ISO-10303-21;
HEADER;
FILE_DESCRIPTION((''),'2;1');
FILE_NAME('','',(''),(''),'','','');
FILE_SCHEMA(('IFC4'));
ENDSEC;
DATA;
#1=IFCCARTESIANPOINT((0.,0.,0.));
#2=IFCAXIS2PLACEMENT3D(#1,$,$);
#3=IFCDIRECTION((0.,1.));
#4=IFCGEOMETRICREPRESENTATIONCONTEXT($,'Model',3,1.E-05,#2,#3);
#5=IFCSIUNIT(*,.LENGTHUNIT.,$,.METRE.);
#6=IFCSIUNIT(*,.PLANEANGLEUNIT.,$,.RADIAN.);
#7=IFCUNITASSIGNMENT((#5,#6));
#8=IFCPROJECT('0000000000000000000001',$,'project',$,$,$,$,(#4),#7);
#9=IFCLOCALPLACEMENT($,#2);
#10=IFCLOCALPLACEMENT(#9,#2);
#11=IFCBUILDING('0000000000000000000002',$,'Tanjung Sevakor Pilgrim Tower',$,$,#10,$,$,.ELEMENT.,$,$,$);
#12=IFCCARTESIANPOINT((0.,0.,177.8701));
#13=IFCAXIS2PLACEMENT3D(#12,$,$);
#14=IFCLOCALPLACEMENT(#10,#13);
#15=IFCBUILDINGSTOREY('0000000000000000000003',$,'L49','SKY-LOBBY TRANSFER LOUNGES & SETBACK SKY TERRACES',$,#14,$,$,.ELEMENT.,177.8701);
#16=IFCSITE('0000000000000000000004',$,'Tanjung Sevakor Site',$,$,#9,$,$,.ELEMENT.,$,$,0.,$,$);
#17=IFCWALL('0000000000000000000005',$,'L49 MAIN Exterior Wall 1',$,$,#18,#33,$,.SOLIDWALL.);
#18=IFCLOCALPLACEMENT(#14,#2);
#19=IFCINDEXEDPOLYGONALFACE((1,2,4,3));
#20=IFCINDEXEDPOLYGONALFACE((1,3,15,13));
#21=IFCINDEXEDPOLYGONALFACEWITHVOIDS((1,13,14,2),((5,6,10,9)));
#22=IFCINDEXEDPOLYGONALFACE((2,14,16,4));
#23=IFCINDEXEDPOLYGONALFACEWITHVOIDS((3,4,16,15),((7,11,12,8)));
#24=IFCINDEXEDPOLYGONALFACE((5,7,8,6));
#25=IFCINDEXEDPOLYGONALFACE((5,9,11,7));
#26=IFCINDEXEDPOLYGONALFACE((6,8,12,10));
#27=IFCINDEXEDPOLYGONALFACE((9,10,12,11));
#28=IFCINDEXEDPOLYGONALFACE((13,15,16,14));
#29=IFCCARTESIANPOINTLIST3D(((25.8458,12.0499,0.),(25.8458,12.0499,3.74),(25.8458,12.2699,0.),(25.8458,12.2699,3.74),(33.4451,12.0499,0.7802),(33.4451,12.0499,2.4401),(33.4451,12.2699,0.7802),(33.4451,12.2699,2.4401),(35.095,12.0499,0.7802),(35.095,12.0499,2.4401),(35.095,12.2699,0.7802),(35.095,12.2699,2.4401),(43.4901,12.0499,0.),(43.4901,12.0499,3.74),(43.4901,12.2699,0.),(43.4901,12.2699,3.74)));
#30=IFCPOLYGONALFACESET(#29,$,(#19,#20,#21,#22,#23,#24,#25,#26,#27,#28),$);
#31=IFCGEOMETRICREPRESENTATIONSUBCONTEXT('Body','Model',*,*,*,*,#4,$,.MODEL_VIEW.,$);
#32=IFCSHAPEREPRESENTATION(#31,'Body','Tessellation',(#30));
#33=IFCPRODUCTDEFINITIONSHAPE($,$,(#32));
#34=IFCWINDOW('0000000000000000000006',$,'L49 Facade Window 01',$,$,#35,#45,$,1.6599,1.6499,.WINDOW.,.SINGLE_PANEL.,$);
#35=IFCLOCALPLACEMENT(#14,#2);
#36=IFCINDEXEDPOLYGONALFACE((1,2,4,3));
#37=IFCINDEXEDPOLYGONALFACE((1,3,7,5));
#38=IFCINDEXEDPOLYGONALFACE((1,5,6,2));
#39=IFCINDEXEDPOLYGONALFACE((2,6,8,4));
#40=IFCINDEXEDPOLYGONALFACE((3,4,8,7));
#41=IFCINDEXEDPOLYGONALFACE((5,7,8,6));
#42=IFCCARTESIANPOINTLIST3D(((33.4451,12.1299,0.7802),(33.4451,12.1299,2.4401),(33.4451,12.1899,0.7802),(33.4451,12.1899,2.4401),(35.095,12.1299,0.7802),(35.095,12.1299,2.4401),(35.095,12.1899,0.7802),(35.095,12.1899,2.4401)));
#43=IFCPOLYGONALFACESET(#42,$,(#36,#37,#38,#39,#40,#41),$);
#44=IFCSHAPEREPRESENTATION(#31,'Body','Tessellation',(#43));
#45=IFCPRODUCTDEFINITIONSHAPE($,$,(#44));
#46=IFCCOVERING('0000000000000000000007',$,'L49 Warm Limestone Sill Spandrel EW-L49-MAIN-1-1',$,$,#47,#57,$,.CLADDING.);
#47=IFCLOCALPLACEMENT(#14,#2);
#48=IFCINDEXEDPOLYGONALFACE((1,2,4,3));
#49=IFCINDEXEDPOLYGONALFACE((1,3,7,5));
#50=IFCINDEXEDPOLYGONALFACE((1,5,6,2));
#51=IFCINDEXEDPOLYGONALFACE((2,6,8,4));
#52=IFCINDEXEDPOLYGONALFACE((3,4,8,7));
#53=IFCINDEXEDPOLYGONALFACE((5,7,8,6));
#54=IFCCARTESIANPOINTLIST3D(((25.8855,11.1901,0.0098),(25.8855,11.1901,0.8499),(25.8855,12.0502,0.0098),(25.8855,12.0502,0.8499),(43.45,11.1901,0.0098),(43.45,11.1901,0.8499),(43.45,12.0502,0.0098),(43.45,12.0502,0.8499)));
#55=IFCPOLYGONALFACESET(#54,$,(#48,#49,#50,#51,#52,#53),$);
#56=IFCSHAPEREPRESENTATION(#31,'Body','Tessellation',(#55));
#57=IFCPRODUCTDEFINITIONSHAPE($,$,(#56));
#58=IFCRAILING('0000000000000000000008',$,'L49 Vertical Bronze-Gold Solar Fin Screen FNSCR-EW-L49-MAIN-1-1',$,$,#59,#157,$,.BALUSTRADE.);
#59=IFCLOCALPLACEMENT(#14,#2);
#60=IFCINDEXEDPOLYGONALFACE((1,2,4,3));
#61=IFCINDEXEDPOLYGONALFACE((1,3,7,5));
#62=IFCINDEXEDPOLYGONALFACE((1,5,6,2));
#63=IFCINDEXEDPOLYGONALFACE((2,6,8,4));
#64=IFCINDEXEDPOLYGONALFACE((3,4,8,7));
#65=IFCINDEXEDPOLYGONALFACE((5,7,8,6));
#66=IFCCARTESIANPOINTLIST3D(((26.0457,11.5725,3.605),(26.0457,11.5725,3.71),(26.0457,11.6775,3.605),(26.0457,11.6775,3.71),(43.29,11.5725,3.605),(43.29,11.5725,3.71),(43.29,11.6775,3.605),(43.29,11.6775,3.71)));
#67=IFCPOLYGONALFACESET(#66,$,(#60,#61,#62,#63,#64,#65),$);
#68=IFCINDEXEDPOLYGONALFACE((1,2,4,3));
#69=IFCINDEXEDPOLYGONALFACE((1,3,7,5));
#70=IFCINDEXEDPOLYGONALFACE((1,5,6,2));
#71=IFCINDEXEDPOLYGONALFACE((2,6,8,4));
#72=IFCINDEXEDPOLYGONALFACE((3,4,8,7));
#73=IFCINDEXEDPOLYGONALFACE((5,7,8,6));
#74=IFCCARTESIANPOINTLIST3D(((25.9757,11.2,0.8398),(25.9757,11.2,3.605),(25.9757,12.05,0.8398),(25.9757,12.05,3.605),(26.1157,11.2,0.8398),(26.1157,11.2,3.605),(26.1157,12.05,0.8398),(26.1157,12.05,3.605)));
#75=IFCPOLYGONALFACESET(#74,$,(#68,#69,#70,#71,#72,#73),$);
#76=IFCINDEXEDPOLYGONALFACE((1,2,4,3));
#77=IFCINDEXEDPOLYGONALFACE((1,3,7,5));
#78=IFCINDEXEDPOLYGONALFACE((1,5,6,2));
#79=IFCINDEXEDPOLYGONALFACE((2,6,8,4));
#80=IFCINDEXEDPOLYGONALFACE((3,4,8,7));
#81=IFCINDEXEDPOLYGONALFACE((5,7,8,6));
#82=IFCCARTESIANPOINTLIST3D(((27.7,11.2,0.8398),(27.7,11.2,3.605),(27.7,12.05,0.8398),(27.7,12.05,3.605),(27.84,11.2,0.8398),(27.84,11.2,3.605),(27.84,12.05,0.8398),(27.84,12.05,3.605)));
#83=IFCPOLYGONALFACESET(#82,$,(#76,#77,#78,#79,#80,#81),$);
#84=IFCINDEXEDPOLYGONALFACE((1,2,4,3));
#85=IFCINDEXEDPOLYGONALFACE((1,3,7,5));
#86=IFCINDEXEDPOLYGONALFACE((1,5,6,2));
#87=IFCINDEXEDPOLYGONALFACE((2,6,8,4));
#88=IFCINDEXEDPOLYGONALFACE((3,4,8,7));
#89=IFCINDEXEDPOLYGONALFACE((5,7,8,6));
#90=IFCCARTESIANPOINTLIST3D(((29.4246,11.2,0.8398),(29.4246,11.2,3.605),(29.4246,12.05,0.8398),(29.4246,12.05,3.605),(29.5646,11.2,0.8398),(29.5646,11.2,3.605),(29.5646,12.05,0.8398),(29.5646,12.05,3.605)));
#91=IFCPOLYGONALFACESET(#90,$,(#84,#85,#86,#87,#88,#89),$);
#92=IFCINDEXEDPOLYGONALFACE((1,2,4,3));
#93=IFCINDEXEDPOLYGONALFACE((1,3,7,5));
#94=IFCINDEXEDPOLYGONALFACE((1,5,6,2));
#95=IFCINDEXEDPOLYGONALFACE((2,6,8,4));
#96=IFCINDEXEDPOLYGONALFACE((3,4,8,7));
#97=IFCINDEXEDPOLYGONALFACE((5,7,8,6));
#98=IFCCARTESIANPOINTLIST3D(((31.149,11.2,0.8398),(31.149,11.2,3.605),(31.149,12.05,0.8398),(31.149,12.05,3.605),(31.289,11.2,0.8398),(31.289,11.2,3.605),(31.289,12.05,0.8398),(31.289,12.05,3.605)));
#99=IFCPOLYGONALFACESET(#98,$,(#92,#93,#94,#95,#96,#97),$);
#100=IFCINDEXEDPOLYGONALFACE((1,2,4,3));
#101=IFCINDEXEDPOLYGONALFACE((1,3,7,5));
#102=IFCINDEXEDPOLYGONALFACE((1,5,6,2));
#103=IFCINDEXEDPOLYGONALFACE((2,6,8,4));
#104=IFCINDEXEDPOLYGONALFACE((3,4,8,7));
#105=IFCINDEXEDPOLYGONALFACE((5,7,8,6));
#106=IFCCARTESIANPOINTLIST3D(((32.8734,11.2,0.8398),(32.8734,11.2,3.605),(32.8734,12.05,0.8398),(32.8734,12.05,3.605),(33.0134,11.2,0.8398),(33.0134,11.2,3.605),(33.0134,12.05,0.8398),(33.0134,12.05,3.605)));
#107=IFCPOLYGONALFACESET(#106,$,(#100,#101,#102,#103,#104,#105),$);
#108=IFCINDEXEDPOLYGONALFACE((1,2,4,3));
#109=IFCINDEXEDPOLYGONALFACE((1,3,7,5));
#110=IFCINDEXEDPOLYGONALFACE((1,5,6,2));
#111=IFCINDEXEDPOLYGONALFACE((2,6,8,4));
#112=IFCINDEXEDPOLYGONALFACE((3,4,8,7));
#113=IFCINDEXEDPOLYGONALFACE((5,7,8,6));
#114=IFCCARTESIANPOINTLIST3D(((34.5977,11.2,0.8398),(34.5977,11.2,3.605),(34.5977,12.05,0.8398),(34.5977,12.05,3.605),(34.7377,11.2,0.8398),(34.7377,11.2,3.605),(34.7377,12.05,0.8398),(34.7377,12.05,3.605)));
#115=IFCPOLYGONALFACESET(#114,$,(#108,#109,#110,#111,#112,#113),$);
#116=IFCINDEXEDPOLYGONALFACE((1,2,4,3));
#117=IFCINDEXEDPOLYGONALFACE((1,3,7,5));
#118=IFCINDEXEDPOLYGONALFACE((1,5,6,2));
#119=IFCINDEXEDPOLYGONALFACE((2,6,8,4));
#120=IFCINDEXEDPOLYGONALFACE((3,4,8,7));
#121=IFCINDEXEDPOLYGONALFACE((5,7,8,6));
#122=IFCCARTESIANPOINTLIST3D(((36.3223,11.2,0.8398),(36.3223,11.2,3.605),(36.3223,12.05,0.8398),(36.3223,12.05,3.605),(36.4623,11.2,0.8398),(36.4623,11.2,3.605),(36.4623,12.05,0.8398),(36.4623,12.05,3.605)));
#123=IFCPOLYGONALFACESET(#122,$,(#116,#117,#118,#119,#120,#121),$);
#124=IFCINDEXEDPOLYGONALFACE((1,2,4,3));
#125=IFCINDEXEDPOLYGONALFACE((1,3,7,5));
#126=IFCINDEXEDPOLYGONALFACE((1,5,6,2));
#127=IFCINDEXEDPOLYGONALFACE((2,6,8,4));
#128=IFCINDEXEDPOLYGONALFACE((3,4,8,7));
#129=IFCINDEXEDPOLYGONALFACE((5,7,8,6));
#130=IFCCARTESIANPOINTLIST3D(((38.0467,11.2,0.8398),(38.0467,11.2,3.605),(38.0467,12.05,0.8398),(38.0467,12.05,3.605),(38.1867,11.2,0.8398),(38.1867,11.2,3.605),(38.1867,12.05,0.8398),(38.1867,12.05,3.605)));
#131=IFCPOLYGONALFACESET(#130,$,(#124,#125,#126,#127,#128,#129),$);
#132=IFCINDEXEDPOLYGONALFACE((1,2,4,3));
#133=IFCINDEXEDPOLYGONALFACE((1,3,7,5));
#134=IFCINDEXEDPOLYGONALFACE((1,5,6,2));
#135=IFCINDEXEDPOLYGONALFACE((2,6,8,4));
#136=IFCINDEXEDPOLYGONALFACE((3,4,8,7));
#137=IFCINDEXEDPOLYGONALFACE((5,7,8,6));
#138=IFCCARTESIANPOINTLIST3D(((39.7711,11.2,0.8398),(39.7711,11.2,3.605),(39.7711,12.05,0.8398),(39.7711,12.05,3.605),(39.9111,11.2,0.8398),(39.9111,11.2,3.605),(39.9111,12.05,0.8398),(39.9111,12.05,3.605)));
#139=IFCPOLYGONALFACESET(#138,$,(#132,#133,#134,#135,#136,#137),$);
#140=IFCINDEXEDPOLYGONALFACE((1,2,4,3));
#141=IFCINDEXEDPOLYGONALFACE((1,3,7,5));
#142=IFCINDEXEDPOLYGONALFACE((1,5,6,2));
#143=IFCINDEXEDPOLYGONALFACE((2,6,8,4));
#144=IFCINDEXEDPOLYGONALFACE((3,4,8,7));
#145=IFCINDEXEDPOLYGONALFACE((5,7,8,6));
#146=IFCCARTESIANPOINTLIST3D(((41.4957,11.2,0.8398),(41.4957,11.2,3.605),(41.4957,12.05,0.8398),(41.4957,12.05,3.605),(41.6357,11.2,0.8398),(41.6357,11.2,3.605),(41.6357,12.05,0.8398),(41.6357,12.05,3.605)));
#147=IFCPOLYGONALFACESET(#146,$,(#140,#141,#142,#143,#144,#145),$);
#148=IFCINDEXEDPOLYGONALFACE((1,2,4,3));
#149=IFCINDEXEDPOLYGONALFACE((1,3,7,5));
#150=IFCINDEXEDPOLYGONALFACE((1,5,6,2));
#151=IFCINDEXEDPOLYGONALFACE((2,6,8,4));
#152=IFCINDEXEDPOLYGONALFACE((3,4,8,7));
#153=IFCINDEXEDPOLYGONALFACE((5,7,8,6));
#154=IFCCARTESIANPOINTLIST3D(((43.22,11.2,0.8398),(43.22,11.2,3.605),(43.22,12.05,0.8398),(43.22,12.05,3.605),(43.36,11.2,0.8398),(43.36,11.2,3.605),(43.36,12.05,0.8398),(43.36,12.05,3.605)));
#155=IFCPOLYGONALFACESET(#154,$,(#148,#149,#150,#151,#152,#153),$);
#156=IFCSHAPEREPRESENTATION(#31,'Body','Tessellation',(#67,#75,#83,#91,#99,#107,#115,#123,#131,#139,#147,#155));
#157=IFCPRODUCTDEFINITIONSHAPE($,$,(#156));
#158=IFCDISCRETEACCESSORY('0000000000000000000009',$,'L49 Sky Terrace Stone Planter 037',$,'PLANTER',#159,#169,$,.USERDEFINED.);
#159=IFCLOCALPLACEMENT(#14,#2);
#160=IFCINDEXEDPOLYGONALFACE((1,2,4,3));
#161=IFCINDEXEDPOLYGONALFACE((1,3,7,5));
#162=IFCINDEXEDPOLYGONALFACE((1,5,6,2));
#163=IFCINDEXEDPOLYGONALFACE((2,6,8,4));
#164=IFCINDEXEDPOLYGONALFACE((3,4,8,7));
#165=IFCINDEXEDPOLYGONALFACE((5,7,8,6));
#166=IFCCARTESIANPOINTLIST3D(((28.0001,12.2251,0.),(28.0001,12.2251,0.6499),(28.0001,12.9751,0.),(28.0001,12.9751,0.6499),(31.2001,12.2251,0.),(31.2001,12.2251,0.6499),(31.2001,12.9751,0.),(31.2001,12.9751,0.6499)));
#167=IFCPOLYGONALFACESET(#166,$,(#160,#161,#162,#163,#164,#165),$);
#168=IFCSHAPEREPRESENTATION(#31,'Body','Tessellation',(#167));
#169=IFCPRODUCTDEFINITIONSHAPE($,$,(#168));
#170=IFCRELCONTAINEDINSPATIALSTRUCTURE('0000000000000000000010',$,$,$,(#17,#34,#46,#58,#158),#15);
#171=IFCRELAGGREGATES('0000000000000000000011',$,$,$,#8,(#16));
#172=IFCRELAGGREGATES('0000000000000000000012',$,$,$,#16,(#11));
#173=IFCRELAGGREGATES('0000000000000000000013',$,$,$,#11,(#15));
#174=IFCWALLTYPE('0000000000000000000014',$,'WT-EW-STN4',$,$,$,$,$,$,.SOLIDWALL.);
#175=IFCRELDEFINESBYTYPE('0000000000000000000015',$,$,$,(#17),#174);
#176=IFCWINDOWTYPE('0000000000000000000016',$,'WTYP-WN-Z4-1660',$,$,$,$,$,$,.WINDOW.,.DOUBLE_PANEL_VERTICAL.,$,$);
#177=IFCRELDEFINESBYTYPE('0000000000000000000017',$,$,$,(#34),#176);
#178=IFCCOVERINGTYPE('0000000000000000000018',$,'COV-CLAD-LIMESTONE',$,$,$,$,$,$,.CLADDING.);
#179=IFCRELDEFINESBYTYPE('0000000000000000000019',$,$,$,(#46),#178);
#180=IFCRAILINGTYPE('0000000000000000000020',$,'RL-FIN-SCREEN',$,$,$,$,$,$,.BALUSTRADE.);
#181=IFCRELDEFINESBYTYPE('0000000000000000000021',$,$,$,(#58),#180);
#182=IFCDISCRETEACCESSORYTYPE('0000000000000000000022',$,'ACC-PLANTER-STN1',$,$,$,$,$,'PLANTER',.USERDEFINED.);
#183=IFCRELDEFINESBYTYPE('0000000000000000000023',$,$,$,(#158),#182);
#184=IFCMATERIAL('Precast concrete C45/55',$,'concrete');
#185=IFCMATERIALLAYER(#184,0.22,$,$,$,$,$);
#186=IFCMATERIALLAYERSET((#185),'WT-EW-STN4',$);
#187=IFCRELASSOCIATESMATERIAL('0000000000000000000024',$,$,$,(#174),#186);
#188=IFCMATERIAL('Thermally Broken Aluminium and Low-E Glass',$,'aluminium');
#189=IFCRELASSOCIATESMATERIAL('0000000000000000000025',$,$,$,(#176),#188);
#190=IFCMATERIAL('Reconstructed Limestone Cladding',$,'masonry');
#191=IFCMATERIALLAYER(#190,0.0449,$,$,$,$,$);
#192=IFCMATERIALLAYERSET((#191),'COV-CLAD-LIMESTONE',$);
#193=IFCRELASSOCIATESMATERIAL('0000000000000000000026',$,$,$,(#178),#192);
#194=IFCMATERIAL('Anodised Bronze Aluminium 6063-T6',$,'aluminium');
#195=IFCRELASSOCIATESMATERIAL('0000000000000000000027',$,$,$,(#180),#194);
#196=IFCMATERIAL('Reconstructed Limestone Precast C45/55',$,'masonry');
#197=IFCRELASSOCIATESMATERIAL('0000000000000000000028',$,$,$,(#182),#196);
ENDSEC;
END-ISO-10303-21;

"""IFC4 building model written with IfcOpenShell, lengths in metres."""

from ifc_helpers import new_model, si_unit, direction, frame, frame_2d, origin, origin_2d, place, context, subcontext, project, spatial, rectangle, extrude, material, layer, layer_set, type_object, element, fill, save


model = new_model("IFC4")

# Units and contexts
model_context = context("Model", 3, precision=1e-05, world=origin(), true_north=direction((0.0, 1.0)))
body_context = subcontext(model_context, "Body", "Model", "MODEL_VIEW")
ifc_project = project(units=[si_unit("LENGTHUNIT", "METRE"), si_unit("PLANEANGLEUNIT", "RADIAN")], contexts=[model_context])

# Site, building, storey
site_placement = place(None, origin())
site = spatial("IfcSite", under=ifc_project, at=site_placement, Name="Tanjung Sevakor Site", CompositionType="ELEMENT", RefElevation=0.0)
building_placement = place(site_placement, origin())
building = spatial("IfcBuilding", under=site, at=building_placement, Name="Tanjung Sevakor Pilgrim Tower", CompositionType="ELEMENT")
storey_placement = place(building_placement, frame((0.0, 0.0, 177.8701)))
storey = spatial("IfcBuildingStorey", under=building, at=storey_placement, Name="L49", Description="SKY-LOBBY TRANSFER LOUNGES & SETBACK SKY TERRACES", CompositionType="ELEMENT", Elevation=177.8701)

# Wall, opening, window
ifc_material_1 = material(Name="Precast concrete C45/55", Category="concrete")
ifc_layer_1 = layer(ifc_material_1, 0.22)
ifc_layer_set_1 = layer_set([ifc_layer_1], Name="WT-EW-STN4")
wall_type_1 = type_object("IfcWallType", Name="WT-EW-STN4", PredefinedType="SOLIDWALL", material=ifc_layer_set_1)
wall_1_placement = place(storey_placement, frame((25.8457, 12.1599, 0.0), z_axis=(0.0, 0.0, 1.0), x_axis=(1.0, 0.0, 0.0)))
wall_1 = element("IfcWall", 1, at=wall_1_placement, inside=storey, type_object=wall_type_1, Name="L49 MAIN Exterior Wall 1", PredefinedType="SOLIDWALL", context=body_context, shape_type="SweptSolid", body=[
    extrude(rectangle(XDim=17.6443, YDim=0.22, at=frame_2d((8.8223, 0.0))), origin(), (0.0, 0.0, 1.0), 3.74),
])
opening_1_placement = place(wall_1_placement, frame((7.5994, 0.0, 0.78)))
opening_1 = element("IfcOpeningElement", 2, at=opening_1_placement, cuts=wall_1, PredefinedType="OPENING", context=body_context, shape_type="SweptSolid", body=[
    extrude(rectangle(XDim=1.6499, YDim=1.6599, at=frame_2d((0.825, 0.8301))), frame((0.0, 0.1199, 0.0), z_axis=(0.0, -1.0, 0.0), x_axis=(1.0, 0.0, 0.0)), (0.0, 0.0, 1.0), 0.24),
])
ifc_material_2 = material(Name="Thermally Broken Aluminium and Low-E Glass", Category="aluminium")
window_type = type_object("IfcWindowType", Name="WTYP-WN-Z4-1660", PartitioningType="DOUBLE_PANEL_VERTICAL", PredefinedType="WINDOW", material=ifc_material_2)
window_placement = place(opening_1_placement, origin())
window = element("IfcWindow", 3, at=window_placement, inside=storey, type_object=window_type, Name="L49 Facade Window 01", OverallHeight=1.6599, OverallWidth=1.6499, PartitioningType="SINGLE_PANEL", PredefinedType="WINDOW", context=body_context, shape_type="SweptSolid", body=[
    extrude(rectangle(XDim=1.6499, YDim=1.6599, at=frame_2d((0.825, 0.8301))), frame((0.0, 0.03, 0.0), z_axis=(0.0, -1.0, 0.0), x_axis=(1.0, 0.0, 0.0)), (0.0, 0.0, 1.0), 0.0601),
])
fill(opening_1, window)

# Covering
ifc_material_3 = material(Name="Reconstructed Limestone Cladding", Category="masonry")
ifc_layer_2 = layer(ifc_material_3, 0.0449)
ifc_layer_set_2 = layer_set([ifc_layer_2], Name="COV-CLAD-LIMESTONE")
covering_type = type_object("IfcCoveringType", Name="COV-CLAD-LIMESTONE", PredefinedType="CLADDING", material=ifc_layer_set_2)
covering_placement = place(storey_placement, frame((34.6677, 11.6201, 0.0098), z_axis=(0.0, 0.0, 1.0), x_axis=(1.0, 0.0, 0.0)))
element("IfcCovering", 4, at=covering_placement, inside=storey, type_object=covering_type, Name="L49 Warm Limestone Sill Spandrel EW-L49-MAIN-1-1", PredefinedType="CLADDING", context=body_context, shape_type="SweptSolid", body=[
    extrude(rectangle(XDim=17.5645, YDim=0.8601, at=origin_2d()), origin(), (0.0, 0.0, 1.0), 0.8401),
])

# Railing
ifc_material_4 = material(Name="Anodised Bronze Aluminium 6063-T6", Category="aluminium")
railing_type = type_object("IfcRailingType", Name="RL-FIN-SCREEN", PredefinedType="BALUSTRADE", material=ifc_material_4)
railing_placement = place(storey_placement, frame((26.0457, 11.625, 0.8398)))
element("IfcRailing", 5, at=railing_placement, inside=storey, type_object=railing_type, Name="L49 Vertical Bronze-Gold Solar Fin Screen FNSCR-EW-L49-MAIN-1-1", PredefinedType="BALUSTRADE", context=body_context, shape_type="SweptSolid", body=[
    extrude(rectangle(XDim=0.105, YDim=0.105), frame((0.0, 0.0, 2.8176), z_axis=(1.0, 0.0, 0.0), x_axis=(0.0, 1.0, 0.0)), (0.0, 0.0, 1.0), 17.2444),
    extrude(rectangle(XDim=0.14, YDim=0.85), origin(), (0.0, 0.0, 1.0), 2.7651),
    extrude(rectangle(XDim=0.14, YDim=0.85), frame((1.7244, 0.0, 0.0)), (0.0, 0.0, 1.0), 2.7651),
    extrude(rectangle(XDim=0.14, YDim=0.85), frame((3.449, 0.0, 0.0)), (0.0, 0.0, 1.0), 2.7651),
    extrude(rectangle(XDim=0.14, YDim=0.85), frame((5.1733, 0.0, 0.0)), (0.0, 0.0, 1.0), 2.7651),
    extrude(rectangle(XDim=0.14, YDim=0.85), frame((6.8977, 0.0, 0.0)), (0.0, 0.0, 1.0), 2.7651),
    extrude(rectangle(XDim=0.14, YDim=0.85), frame((8.6221, 0.0, 0.0)), (0.0, 0.0, 1.0), 2.7651),
    extrude(rectangle(XDim=0.14, YDim=0.85), frame((10.3467, 0.0, 0.0)), (0.0, 0.0, 1.0), 2.7651),
    extrude(rectangle(XDim=0.14, YDim=0.85), frame((12.071, 0.0, 0.0)), (0.0, 0.0, 1.0), 2.7651),
    extrude(rectangle(XDim=0.14, YDim=0.85), frame((13.7954, 0.0, 0.0)), (0.0, 0.0, 1.0), 2.7651),
    extrude(rectangle(XDim=0.14, YDim=0.85), frame((15.52, 0.0, 0.0)), (0.0, 0.0, 1.0), 2.7651),
    extrude(rectangle(XDim=0.14, YDim=0.85), frame((17.2444, 0.0, 0.0)), (0.0, 0.0, 1.0), 2.7651),
])

# Discrete accessory
ifc_material_5 = material(Name="Reconstructed Limestone Precast C45/55", Category="masonry")
discrete_accessory_type = type_object("IfcDiscreteAccessoryType", Name="ACC-PLANTER-STN1", ElementType="PLANTER", PredefinedType="USERDEFINED", material=ifc_material_5)
discrete_accessory_placement = place(storey_placement, frame((29.6001, 12.6001, 0.0), z_axis=(0.0, 0.0, 1.0), x_axis=(1.0, 0.0, 0.0)))
element("IfcDiscreteAccessory", 6, at=discrete_accessory_placement, inside=storey, type_object=discrete_accessory_type, Name="L49 Sky Terrace Stone Planter 037", ObjectType="PLANTER", PredefinedType="USERDEFINED", context=body_context, shape_type="SweptSolid", body=[
    extrude(rectangle(XDim=3.2, YDim=0.75, at=origin_2d()), origin(), (0.0, 0.0, 1.0), 0.6499),
])

save(model, "model.ifc")
